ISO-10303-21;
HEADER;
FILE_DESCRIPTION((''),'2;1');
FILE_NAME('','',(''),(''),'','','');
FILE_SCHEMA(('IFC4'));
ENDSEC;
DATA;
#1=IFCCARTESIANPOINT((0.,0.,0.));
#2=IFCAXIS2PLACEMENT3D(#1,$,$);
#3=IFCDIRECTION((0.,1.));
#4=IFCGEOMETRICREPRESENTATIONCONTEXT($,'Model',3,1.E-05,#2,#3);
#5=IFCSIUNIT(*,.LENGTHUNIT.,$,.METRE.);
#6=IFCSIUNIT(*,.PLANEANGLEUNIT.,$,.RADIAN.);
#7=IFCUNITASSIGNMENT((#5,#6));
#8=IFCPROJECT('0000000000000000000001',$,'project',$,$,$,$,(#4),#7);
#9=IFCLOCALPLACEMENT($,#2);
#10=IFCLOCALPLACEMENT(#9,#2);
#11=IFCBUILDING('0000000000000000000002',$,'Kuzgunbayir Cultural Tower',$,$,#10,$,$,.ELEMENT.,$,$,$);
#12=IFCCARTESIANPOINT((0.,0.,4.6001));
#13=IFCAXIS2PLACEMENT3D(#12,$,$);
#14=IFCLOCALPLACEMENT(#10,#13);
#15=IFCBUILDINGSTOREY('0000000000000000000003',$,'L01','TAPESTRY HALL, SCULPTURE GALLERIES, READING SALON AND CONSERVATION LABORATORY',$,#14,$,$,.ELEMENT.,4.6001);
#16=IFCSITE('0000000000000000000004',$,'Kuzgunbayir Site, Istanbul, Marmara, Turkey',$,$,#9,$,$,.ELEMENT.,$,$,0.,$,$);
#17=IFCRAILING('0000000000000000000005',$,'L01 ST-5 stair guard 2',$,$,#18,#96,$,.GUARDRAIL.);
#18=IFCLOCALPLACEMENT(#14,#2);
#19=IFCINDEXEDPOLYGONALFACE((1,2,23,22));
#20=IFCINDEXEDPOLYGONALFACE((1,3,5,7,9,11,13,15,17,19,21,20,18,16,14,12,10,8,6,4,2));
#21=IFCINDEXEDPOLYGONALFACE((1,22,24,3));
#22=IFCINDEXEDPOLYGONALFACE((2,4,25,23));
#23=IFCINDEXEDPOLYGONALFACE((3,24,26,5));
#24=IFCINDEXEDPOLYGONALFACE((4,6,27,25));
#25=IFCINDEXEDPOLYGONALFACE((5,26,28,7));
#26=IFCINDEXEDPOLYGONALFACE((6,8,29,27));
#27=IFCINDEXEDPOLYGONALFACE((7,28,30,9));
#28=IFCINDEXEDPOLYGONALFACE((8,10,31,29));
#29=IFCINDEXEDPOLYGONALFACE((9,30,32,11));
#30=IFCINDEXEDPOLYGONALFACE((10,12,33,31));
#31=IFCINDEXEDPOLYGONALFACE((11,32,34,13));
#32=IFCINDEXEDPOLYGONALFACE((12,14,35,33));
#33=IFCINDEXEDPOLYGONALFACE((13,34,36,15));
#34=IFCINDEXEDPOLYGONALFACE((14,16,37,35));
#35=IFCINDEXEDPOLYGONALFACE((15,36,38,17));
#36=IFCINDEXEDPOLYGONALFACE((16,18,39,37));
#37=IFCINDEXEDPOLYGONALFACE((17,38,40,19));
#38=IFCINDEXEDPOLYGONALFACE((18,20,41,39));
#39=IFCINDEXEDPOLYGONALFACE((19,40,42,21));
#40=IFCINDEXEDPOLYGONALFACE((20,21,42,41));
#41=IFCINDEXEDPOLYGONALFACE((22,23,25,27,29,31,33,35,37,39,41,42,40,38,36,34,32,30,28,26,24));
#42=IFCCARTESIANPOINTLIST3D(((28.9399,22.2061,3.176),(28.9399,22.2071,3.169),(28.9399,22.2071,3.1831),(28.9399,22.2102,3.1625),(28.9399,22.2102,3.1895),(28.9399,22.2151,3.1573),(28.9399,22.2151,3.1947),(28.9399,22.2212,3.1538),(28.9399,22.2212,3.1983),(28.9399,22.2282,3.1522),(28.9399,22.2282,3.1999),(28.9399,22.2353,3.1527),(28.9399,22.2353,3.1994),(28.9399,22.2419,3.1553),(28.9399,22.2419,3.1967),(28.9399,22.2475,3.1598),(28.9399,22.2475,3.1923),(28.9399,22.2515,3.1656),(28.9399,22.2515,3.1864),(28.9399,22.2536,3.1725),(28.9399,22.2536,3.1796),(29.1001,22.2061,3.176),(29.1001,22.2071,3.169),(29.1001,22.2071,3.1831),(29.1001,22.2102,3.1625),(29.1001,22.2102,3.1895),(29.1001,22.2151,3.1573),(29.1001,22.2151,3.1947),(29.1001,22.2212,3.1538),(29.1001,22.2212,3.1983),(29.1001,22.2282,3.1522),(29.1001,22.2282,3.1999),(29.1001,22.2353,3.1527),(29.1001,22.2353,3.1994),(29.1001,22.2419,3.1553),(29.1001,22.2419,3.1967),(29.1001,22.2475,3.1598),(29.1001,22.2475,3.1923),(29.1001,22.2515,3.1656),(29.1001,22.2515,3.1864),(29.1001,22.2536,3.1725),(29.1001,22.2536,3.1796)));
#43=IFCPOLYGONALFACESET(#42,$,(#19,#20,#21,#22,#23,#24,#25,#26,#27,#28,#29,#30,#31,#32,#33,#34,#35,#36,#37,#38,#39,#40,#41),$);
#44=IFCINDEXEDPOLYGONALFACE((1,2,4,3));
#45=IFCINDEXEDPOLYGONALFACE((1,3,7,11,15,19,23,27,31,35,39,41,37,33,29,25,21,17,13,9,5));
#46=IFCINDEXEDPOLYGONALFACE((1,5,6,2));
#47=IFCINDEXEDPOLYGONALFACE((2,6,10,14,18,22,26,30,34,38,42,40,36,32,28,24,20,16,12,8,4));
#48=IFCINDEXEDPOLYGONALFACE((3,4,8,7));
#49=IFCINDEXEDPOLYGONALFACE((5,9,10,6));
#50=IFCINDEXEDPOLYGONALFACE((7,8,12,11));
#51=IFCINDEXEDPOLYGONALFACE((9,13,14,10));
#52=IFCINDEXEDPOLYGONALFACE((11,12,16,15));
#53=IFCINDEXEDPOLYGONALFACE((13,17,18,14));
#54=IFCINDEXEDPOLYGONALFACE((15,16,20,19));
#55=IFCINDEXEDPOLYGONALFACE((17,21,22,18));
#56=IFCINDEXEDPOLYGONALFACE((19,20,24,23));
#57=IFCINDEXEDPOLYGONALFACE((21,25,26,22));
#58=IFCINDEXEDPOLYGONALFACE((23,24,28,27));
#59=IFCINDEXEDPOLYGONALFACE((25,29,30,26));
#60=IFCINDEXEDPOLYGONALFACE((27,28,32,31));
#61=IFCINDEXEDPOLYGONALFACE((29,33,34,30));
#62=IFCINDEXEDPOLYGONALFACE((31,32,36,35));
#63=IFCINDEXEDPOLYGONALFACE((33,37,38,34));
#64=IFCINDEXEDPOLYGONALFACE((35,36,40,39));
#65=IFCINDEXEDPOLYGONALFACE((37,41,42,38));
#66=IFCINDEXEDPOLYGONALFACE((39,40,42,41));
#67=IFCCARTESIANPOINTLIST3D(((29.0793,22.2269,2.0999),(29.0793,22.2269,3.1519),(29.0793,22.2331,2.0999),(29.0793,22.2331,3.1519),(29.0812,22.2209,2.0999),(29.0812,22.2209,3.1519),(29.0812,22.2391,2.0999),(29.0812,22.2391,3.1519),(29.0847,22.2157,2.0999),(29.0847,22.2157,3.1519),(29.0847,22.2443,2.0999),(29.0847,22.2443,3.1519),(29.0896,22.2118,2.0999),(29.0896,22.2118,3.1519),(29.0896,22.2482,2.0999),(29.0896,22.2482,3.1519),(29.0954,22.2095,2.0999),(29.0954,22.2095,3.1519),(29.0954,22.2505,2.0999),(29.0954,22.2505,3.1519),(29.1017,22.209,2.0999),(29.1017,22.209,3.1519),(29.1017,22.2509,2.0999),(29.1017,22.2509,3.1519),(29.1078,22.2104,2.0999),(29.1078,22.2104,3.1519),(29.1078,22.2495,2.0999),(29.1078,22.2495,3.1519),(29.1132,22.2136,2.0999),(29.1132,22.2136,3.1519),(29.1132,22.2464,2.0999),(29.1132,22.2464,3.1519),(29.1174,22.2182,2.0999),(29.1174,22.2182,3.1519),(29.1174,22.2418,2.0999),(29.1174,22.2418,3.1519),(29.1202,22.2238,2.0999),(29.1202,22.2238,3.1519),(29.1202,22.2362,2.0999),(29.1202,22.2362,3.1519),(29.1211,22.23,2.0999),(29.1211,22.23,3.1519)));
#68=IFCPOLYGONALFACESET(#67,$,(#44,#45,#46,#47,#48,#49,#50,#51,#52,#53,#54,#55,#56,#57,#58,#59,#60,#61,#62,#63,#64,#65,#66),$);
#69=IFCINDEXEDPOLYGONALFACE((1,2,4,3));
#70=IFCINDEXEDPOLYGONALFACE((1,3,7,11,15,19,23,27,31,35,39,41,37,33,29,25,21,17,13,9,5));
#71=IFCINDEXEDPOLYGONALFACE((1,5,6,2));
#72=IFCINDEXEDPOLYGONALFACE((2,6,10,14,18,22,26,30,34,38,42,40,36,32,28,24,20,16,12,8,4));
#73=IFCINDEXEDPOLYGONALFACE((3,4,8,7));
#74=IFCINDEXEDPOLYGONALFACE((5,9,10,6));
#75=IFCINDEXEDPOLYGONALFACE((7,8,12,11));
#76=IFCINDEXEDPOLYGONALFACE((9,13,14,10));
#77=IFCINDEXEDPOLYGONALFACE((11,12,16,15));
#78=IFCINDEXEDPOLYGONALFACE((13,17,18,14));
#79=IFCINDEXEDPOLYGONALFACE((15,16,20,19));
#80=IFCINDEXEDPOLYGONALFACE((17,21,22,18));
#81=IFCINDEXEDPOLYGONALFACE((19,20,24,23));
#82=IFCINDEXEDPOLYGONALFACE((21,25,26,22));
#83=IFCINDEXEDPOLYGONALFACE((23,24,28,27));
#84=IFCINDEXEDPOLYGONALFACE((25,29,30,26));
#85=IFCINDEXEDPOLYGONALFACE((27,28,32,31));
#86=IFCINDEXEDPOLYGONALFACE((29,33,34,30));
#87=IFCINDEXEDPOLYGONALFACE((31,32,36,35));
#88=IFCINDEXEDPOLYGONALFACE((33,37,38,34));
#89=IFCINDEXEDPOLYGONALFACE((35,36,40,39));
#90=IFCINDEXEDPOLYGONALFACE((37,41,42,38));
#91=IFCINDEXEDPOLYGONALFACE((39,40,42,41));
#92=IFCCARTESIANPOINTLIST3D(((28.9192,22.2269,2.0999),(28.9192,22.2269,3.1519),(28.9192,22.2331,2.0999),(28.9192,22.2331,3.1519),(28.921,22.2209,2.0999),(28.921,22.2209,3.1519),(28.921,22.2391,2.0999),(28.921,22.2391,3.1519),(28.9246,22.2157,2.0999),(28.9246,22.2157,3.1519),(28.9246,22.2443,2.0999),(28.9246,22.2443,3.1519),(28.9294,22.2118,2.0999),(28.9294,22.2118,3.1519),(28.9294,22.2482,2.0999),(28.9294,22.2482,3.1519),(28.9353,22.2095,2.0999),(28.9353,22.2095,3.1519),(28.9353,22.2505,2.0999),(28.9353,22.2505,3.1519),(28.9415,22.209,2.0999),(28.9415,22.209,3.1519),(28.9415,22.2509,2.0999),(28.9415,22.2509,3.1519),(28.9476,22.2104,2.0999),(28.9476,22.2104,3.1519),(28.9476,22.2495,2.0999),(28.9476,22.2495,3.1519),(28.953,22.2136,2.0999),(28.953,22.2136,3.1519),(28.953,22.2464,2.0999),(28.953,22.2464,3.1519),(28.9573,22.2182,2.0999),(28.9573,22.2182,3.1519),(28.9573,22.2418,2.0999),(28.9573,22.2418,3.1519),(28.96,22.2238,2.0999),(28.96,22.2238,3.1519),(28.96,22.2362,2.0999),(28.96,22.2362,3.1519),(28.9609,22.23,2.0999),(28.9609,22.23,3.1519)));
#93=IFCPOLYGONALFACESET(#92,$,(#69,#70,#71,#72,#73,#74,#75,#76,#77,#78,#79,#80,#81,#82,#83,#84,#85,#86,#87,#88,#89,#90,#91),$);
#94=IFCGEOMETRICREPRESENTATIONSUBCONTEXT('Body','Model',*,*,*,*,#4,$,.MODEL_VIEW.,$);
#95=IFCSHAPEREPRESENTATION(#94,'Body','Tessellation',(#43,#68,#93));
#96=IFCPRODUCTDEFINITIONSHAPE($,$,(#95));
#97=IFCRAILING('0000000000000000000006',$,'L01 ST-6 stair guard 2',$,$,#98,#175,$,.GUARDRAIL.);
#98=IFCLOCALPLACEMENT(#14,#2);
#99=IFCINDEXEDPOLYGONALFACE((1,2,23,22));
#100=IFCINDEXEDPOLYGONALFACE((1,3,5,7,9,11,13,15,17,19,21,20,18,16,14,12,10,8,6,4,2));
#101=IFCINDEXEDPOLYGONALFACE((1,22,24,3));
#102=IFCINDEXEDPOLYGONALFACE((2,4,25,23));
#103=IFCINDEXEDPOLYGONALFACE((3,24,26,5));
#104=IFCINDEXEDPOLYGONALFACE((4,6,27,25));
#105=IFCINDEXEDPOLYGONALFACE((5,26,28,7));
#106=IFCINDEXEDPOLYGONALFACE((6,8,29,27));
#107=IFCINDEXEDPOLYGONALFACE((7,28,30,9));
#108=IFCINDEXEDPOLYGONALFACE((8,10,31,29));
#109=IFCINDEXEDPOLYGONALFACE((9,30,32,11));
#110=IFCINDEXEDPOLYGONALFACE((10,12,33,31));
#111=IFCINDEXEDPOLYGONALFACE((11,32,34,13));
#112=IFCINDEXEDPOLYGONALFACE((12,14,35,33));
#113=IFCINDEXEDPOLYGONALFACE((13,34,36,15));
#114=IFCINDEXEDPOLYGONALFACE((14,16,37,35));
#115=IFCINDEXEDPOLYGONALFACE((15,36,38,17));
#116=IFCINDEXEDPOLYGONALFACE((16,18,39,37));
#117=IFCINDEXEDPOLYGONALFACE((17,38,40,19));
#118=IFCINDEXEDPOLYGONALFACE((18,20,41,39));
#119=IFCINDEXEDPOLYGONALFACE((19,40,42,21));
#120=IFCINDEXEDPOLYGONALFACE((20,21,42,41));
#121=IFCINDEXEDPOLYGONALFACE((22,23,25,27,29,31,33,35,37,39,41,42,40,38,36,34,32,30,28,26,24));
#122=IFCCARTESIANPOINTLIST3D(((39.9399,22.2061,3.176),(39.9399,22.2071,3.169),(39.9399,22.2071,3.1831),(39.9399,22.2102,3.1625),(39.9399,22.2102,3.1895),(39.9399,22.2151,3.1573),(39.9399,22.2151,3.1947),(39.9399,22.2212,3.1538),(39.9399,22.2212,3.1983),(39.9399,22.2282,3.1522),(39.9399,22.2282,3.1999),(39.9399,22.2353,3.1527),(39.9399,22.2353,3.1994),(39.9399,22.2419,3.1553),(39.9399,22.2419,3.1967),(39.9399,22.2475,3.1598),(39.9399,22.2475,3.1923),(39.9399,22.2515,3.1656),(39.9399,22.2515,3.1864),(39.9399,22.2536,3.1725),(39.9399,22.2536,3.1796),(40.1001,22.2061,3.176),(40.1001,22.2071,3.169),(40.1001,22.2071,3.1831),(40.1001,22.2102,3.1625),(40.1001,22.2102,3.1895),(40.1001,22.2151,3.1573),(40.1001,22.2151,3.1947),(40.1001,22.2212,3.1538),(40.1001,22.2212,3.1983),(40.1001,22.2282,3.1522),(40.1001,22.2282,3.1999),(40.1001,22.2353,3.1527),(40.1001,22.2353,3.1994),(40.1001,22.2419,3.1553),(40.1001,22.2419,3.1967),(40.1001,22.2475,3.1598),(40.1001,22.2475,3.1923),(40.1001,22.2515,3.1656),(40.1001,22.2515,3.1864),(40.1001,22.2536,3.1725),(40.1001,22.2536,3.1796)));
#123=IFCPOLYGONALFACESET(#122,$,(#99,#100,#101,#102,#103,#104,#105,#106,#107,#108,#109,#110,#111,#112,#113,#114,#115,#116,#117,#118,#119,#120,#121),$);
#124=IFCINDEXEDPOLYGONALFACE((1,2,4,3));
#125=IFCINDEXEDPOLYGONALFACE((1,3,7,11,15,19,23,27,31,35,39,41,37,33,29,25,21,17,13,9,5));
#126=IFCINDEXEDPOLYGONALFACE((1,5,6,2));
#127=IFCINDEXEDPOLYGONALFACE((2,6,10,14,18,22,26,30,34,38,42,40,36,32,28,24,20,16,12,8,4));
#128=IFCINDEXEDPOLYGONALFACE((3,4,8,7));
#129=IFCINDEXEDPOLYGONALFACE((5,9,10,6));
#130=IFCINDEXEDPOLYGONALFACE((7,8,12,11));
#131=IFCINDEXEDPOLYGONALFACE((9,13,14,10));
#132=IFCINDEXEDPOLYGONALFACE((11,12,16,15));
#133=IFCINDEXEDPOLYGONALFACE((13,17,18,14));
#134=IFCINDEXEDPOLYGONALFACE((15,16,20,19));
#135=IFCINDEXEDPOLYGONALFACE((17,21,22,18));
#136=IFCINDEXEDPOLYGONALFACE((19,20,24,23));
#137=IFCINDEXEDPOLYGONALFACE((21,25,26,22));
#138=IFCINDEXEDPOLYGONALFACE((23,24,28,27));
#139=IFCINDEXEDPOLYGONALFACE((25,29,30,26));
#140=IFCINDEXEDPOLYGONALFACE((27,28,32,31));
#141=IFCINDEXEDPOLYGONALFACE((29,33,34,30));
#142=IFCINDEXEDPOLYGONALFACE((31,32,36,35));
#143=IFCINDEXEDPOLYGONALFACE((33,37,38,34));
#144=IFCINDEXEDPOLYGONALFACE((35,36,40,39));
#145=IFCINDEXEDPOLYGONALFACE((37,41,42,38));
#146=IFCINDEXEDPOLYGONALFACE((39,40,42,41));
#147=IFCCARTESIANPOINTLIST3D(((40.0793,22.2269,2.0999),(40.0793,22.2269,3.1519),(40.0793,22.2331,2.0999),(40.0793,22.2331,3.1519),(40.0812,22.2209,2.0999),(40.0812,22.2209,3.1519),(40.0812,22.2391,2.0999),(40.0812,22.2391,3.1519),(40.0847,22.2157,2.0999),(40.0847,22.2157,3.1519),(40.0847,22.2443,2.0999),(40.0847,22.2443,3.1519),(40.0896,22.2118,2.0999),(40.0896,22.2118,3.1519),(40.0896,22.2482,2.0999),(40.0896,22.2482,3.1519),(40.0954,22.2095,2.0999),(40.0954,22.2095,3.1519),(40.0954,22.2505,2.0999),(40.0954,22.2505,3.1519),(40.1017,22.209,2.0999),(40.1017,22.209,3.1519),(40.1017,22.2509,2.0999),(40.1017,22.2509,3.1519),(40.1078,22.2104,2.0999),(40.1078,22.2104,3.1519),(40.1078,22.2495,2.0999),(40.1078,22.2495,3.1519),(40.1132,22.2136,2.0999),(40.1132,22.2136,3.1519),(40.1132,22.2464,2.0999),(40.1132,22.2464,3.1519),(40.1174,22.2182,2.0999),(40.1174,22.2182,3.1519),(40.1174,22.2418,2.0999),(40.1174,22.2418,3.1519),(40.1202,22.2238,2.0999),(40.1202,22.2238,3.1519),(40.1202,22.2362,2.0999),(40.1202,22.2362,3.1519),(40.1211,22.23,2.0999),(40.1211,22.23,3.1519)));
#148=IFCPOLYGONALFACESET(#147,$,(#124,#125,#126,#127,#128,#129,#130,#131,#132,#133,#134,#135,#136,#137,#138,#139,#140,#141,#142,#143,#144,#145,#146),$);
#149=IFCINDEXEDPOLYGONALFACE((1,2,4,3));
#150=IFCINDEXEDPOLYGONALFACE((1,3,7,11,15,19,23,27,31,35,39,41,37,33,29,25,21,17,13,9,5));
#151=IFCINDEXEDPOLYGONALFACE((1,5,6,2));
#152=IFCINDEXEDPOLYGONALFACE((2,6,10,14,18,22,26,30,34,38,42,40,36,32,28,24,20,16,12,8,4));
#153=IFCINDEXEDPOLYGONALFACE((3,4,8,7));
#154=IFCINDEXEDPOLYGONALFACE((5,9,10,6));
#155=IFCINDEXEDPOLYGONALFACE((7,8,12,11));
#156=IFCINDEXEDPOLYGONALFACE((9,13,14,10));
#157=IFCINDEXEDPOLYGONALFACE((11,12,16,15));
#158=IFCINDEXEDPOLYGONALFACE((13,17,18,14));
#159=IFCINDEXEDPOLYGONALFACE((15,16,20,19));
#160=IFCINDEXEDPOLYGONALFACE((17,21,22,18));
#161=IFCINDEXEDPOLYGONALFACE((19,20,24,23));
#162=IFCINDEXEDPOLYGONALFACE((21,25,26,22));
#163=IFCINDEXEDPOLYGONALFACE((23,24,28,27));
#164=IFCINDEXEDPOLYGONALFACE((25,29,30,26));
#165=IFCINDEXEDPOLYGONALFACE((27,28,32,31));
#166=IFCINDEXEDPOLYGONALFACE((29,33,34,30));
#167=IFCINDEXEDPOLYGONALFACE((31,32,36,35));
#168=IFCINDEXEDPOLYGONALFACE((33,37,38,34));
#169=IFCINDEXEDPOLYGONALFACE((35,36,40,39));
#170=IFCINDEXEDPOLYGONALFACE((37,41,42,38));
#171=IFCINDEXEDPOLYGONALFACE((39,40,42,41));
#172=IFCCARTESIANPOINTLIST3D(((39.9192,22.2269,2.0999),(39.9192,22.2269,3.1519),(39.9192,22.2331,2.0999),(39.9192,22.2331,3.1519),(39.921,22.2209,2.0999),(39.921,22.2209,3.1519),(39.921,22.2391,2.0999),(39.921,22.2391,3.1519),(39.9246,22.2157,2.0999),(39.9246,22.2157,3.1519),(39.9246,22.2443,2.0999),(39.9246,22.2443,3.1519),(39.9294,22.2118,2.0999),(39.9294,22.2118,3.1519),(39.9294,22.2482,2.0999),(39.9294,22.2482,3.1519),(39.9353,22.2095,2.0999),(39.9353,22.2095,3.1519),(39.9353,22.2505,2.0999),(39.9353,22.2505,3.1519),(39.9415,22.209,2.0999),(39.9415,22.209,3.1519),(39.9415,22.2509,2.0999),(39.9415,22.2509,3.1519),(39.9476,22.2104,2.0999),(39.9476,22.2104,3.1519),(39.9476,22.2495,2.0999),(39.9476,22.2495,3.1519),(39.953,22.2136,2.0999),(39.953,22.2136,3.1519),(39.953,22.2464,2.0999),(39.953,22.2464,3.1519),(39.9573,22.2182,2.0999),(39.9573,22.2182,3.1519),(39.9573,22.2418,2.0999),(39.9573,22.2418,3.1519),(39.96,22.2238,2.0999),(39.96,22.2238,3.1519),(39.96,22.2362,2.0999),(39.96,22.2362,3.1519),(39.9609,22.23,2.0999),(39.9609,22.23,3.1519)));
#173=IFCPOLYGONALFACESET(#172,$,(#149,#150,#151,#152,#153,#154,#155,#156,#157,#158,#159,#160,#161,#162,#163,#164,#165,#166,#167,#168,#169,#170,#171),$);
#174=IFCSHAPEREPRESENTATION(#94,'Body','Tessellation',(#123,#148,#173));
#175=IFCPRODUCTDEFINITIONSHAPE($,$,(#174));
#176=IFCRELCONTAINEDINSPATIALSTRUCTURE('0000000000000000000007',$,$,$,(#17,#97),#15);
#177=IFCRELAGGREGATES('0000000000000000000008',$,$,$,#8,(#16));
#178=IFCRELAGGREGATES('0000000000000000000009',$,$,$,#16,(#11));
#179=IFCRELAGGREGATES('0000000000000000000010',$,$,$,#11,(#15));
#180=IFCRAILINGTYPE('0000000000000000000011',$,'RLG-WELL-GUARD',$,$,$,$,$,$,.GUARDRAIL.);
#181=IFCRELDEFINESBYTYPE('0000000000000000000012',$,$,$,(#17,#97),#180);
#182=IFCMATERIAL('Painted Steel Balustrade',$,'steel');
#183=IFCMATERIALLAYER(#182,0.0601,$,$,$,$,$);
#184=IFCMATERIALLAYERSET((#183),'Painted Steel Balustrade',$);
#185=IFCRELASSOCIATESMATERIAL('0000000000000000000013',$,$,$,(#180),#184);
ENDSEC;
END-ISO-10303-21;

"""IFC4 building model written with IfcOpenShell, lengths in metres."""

from ifc_helpers import new_model, si_unit, direction, frame, origin, origin_2d, place, context, subcontext, project, spatial, circle, extrude, material, layer, layer_set, type_object, element, save


model = new_model("IFC4")

# Units and contexts
model_context = context("Model", 3, precision=1e-05, world=origin(), true_north=direction((0.0, 1.0)))
body_context = subcontext(model_context, "Body", "Model", "MODEL_VIEW")
ifc_project = project(units=[si_unit("LENGTHUNIT", "METRE"), si_unit("PLANEANGLEUNIT", "RADIAN")], contexts=[model_context])

# Site, building, storey
site_placement = place(None, origin())
site = spatial("IfcSite", under=ifc_project, at=site_placement, Name="Kuzgunbayir Site, Istanbul, Marmara, Turkey", CompositionType="ELEMENT", RefElevation=0.0)
building_placement = place(site_placement, origin())
building = spatial("IfcBuilding", under=site, at=building_placement, Name="Kuzgunbayir Cultural Tower", CompositionType="ELEMENT")
storey_placement = place(building_placement, frame((0.0, 0.0, 4.6001)))
storey = spatial("IfcBuildingStorey", under=building, at=storey_placement, Name="L01", Description="TAPESTRY HALL, SCULPTURE GALLERIES, READING SALON AND CONSERVATION LABORATORY", CompositionType="ELEMENT", Elevation=4.6001)

# Railings
ifc_material_1 = material(Name="Painted Steel Balustrade", Category="steel")
ifc_layer_1 = layer(ifc_material_1, 0.0601)
ifc_layer_set_1 = layer_set([ifc_layer_1], Name="Painted Steel Balustrade")
railing_type = type_object("IfcRailingType", Name="RLG-WELL-GUARD", PredefinedType="GUARDRAIL", material=ifc_layer_set_1)
for number, where, name in (
    (1, (29.1001, 22.23, 2.0999), "L01 ST-5 stair guard 2"),
    (2, (40.1001, 22.23, 2.0999), "L01 ST-6 stair guard 2"),
):
    element("IfcRailing", number, at=place(storey_placement, frame(where)), inside=storey, type_object=railing_type, Name=name, PredefinedType="GUARDRAIL", context=body_context, shape_type="SweptSolid", body=[
        extrude(circle(Radius=0.0239, at=origin_2d()), frame((0.0, 0.0, 1.0762), z_axis=(-1.0, 0.0, 0.0), x_axis=(0.0, -1.0, 0.0)), (0.0, 0.0, 1.0), 0.1602),
        extrude(circle(Radius=0.021, at=origin_2d()), origin(), (0.0, 0.0, 1.0), 1.052),
        extrude(circle(Radius=0.021, at=origin_2d()), frame((-0.1602, 0.0, 0.0)), (0.0, 0.0, 1.0), 1.052),
    ])

save(model, "model.ifc")
